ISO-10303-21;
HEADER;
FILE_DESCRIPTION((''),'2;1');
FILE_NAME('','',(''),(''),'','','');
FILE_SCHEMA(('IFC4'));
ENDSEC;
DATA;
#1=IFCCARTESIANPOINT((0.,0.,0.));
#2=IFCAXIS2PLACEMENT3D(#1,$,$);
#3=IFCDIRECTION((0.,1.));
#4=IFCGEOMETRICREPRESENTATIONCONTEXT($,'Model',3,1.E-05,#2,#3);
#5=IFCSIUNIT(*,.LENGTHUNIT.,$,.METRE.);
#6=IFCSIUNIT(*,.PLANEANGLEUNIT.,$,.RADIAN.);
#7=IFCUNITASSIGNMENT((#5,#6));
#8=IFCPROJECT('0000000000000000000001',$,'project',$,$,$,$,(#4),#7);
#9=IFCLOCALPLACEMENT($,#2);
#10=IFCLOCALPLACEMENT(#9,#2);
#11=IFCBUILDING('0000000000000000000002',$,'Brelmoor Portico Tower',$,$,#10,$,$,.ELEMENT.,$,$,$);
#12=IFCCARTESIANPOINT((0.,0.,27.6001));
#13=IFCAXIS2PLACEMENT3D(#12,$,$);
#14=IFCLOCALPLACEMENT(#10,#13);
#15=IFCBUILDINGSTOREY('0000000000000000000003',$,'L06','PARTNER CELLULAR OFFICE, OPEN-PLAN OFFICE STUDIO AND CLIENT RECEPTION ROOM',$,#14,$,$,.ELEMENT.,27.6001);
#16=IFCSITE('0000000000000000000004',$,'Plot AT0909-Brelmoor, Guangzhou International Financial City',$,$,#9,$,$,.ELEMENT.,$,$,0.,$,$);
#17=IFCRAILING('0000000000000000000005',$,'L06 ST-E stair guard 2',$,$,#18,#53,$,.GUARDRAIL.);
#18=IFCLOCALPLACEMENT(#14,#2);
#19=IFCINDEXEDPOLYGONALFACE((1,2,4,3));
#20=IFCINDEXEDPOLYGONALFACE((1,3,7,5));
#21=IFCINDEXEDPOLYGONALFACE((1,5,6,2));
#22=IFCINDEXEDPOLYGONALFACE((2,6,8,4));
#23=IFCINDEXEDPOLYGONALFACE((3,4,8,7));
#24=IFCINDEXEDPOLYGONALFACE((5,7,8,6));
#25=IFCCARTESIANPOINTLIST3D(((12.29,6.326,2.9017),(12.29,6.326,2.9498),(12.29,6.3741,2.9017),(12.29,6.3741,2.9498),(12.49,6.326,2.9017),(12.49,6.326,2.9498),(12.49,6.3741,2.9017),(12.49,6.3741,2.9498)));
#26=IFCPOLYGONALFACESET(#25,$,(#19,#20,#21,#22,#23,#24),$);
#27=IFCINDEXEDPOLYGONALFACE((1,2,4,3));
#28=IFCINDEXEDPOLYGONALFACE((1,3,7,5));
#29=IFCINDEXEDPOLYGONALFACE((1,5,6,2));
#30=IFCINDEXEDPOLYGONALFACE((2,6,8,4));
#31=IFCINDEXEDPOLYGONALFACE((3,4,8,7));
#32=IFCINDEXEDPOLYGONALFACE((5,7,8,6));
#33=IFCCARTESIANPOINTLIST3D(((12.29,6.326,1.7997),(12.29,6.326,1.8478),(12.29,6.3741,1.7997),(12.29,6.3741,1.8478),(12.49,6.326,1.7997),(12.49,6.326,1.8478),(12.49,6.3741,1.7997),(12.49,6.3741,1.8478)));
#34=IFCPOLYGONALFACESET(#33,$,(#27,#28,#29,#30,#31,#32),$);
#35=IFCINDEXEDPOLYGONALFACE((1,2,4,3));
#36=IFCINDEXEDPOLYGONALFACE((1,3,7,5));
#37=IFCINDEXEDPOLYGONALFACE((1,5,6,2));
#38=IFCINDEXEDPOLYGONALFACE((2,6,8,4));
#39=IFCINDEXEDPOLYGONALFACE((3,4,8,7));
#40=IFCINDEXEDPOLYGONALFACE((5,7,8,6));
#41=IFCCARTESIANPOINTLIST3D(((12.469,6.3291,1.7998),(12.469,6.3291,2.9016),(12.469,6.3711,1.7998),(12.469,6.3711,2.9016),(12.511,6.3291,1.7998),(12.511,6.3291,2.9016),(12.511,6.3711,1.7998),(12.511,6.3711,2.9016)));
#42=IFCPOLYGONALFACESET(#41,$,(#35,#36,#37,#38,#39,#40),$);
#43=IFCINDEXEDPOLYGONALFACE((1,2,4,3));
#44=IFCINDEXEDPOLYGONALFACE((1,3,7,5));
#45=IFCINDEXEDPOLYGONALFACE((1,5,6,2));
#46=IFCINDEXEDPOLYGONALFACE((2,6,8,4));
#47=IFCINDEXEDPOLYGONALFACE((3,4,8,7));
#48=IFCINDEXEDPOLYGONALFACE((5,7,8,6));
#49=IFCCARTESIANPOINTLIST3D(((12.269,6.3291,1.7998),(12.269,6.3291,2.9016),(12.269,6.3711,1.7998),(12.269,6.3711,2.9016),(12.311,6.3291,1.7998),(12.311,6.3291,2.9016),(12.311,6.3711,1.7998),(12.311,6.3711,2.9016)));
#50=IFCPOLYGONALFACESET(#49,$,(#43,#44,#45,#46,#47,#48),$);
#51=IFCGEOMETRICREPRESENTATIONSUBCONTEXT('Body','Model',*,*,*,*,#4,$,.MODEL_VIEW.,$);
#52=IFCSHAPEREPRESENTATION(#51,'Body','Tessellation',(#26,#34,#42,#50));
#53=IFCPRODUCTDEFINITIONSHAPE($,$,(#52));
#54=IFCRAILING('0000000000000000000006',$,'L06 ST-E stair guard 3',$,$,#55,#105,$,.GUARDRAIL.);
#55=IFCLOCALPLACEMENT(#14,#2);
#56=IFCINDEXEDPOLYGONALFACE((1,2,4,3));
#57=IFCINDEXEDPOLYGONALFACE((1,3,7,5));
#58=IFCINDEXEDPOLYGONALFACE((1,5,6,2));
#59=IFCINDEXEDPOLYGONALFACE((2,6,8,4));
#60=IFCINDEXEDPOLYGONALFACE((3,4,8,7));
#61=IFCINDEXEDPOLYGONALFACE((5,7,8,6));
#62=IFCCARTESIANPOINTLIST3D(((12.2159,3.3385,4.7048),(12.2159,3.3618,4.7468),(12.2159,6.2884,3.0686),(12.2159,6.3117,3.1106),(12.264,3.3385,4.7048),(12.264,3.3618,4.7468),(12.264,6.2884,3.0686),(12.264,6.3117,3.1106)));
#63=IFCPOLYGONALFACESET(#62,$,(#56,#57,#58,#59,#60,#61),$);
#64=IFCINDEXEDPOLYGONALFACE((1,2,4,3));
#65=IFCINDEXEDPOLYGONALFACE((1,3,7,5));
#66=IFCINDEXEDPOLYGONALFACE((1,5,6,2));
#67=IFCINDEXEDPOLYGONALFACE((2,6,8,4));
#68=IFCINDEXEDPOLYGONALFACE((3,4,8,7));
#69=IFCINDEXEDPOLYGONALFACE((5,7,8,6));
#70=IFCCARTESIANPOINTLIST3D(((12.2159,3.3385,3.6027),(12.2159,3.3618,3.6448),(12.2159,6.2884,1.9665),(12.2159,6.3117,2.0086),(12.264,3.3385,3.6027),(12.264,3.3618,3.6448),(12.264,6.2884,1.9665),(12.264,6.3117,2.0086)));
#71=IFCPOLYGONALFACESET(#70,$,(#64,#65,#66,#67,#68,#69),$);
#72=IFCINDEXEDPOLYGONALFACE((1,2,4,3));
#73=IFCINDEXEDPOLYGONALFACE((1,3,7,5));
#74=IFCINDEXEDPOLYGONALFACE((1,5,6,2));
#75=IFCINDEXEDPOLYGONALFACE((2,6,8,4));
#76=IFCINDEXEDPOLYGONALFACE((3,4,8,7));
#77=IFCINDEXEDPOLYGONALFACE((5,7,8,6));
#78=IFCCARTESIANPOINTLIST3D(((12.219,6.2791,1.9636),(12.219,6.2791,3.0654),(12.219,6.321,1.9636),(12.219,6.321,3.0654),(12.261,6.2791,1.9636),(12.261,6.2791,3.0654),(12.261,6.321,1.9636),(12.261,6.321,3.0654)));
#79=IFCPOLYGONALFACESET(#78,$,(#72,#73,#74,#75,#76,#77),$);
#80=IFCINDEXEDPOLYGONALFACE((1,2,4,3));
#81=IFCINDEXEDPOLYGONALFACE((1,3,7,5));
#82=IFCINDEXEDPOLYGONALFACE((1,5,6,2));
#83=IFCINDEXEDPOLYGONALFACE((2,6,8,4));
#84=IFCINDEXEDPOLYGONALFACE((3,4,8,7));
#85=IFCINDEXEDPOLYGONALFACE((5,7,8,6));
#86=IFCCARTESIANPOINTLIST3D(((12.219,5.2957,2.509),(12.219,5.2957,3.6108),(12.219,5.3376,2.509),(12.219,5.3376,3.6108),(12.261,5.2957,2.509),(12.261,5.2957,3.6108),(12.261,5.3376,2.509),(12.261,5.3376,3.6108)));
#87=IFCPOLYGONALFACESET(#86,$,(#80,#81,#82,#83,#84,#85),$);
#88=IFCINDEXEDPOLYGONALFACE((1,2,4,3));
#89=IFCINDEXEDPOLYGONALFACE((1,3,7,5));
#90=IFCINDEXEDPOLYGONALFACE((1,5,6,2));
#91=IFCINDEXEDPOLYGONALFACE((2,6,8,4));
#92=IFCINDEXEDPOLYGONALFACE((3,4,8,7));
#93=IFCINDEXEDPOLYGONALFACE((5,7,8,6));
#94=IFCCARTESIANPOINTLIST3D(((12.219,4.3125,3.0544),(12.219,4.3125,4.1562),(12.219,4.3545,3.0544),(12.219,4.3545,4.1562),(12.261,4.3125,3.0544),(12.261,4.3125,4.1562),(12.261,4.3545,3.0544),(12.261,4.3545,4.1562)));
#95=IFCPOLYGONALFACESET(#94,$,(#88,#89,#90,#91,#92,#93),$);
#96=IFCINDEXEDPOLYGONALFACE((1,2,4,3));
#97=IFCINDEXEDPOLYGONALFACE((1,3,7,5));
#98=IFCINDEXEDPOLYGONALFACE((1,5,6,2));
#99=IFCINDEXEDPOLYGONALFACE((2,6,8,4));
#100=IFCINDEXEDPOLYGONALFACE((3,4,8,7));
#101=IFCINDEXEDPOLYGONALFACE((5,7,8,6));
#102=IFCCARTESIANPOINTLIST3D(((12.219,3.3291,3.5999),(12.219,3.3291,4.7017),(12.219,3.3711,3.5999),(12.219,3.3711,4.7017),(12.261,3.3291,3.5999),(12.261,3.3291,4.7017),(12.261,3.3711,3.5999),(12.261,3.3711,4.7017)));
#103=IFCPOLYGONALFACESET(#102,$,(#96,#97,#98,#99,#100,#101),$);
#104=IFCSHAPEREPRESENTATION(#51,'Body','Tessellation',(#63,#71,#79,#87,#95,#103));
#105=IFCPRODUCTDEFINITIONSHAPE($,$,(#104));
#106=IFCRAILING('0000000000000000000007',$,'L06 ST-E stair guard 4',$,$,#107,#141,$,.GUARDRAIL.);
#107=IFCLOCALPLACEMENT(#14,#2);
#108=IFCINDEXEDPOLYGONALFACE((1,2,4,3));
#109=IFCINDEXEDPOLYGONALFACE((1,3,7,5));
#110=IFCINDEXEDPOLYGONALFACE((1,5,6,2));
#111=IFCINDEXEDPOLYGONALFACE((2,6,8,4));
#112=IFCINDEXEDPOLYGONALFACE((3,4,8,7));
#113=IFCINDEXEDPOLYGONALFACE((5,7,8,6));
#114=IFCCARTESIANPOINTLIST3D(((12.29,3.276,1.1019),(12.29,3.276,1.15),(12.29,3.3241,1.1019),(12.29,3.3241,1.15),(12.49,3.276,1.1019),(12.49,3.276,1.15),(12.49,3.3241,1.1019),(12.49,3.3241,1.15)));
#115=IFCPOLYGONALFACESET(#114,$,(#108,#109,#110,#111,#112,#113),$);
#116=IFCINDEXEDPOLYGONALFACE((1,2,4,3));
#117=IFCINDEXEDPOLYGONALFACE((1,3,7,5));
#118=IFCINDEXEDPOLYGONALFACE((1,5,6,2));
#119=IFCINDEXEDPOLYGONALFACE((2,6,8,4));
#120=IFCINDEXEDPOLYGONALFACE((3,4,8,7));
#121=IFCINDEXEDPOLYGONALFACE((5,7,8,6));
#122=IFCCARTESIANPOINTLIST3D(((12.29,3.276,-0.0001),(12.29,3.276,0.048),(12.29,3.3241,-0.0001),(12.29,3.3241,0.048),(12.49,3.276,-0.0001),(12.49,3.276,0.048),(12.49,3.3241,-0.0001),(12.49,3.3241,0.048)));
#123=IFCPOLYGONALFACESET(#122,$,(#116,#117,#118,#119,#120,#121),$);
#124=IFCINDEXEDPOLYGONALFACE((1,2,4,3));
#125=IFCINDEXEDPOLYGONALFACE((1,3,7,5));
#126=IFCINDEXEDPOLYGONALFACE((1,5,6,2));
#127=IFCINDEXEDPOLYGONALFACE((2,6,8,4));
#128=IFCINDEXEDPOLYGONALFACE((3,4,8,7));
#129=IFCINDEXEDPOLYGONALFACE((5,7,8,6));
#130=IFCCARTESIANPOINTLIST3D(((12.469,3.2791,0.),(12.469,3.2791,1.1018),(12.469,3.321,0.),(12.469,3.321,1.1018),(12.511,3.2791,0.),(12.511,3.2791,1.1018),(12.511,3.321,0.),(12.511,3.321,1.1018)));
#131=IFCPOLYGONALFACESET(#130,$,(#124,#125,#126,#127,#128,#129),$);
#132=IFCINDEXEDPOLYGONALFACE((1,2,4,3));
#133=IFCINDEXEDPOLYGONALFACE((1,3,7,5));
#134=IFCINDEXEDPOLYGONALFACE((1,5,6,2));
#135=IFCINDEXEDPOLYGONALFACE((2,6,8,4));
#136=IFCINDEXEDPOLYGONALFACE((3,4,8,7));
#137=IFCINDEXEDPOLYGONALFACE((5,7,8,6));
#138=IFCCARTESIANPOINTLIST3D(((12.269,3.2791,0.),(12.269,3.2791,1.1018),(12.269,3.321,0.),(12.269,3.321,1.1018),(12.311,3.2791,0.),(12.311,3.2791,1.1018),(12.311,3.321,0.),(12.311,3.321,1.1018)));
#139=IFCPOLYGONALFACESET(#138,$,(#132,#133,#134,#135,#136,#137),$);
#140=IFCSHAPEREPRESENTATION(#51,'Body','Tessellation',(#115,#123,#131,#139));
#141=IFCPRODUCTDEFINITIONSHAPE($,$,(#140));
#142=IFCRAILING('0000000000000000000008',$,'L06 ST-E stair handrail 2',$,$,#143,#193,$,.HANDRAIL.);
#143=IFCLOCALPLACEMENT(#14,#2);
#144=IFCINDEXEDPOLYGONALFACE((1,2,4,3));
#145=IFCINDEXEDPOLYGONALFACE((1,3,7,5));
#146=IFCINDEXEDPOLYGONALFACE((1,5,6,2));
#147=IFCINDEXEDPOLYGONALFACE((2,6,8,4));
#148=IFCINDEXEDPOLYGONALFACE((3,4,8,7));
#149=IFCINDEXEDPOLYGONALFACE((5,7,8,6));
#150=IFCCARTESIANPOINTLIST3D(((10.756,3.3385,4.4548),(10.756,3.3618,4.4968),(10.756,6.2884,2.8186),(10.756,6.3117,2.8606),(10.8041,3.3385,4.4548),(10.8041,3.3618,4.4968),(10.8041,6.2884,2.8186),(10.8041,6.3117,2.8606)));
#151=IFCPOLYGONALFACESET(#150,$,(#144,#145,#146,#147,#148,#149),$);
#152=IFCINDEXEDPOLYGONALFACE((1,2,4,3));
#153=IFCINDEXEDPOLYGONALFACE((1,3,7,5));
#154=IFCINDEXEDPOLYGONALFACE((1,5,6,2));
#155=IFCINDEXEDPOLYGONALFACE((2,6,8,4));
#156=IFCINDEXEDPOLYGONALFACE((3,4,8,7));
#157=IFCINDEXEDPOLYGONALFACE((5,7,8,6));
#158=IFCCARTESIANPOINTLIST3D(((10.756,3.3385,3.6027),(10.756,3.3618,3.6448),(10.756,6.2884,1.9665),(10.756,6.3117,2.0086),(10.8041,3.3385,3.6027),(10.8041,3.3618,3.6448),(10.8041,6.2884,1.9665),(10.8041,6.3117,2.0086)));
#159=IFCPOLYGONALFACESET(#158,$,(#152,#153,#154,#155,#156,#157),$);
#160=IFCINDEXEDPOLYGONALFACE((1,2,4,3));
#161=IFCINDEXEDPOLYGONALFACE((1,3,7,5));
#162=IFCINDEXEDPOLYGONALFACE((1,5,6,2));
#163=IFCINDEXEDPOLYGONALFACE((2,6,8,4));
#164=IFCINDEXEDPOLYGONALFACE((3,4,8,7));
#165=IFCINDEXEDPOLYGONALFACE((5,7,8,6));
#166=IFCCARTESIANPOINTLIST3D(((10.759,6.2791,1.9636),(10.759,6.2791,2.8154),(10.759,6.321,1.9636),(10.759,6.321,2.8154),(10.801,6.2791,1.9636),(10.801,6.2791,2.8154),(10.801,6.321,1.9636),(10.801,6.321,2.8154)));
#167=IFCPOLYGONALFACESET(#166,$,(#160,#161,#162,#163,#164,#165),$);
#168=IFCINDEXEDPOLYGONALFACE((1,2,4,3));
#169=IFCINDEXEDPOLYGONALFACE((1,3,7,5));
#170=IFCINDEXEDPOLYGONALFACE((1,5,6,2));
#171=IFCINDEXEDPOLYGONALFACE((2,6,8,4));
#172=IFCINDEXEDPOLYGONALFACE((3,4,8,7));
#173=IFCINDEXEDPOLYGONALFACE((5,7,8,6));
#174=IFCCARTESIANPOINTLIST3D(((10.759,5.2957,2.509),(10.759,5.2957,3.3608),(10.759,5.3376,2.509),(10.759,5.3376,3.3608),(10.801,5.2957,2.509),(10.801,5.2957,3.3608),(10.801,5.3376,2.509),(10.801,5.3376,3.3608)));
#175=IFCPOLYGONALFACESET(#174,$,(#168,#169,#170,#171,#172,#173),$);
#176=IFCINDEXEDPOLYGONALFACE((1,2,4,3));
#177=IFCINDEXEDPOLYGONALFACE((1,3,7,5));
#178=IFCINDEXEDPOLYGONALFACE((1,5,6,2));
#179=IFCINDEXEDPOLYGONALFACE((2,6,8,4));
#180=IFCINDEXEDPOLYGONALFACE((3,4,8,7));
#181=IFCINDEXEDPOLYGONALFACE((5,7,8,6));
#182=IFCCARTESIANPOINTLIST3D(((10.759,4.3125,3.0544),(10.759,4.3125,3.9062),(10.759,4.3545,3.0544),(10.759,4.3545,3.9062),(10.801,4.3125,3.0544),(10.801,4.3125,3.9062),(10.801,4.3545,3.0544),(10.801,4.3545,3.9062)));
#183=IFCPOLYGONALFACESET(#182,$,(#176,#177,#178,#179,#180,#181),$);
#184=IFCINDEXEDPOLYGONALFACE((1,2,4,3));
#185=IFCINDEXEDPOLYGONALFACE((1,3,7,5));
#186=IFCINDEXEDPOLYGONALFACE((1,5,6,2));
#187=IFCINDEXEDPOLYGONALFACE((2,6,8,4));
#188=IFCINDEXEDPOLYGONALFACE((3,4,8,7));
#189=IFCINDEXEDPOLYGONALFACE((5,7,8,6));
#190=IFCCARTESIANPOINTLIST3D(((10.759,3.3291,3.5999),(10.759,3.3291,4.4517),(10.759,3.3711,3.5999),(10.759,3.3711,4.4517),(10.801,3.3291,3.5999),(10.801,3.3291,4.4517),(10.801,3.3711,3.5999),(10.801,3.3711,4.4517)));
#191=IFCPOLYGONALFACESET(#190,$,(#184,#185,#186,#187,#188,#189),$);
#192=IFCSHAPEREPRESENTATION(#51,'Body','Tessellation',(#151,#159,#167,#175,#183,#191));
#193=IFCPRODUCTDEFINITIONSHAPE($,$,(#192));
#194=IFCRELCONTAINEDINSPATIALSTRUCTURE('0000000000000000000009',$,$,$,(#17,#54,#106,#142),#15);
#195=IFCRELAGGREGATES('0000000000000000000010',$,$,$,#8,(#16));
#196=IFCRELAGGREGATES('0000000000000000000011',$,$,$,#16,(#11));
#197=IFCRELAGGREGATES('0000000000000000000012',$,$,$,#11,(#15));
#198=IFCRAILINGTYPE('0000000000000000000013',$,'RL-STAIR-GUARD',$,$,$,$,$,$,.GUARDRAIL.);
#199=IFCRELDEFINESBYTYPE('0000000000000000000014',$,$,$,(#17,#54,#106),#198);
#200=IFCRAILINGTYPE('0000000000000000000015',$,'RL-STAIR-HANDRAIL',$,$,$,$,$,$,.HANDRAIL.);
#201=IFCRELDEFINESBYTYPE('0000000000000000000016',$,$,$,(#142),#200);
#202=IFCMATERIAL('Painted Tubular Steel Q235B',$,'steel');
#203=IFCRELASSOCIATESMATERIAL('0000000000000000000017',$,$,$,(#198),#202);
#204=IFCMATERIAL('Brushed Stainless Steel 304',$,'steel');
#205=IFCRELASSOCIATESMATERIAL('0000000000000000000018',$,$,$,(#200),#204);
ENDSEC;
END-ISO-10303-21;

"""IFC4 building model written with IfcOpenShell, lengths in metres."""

from ifc_helpers import new_model, si_unit, direction, frame, origin, origin_2d, place, context, subcontext, project, spatial, rectangle, extrude, material, type_object, element, save


model = new_model("IFC4")

# Units and contexts
model_context = context("Model", 3, precision=1e-05, world=origin(), true_north=direction((0.0, 1.0)))
body_context = subcontext(model_context, "Body", "Model", "MODEL_VIEW")
ifc_project = project(units=[si_unit("LENGTHUNIT", "METRE"), si_unit("PLANEANGLEUNIT", "RADIAN")], contexts=[model_context])

# Site, building, storey
site_placement = place(None, origin())
site = spatial("IfcSite", under=ifc_project, at=site_placement, Name="Plot AT0909-Brelmoor, Guangzhou International Financial City", CompositionType="ELEMENT", RefElevation=0.0)
building_placement = place(site_placement, origin())
building = spatial("IfcBuilding", under=site, at=building_placement, Name="Brelmoor Portico Tower", CompositionType="ELEMENT")
storey_placement = place(building_placement, frame((0.0, 0.0, 27.6001)))
storey = spatial("IfcBuildingStorey", under=building, at=storey_placement, Name="L06", Description="PARTNER CELLULAR OFFICE, OPEN-PLAN OFFICE STUDIO AND CLIENT RECEPTION ROOM", CompositionType="ELEMENT", Elevation=27.6001)

# Railings
ifc_material_1 = material(Name="Painted Tubular Steel Q235B", Category="steel")
railing_type_1 = type_object("IfcRailingType", Name="RL-STAIR-GUARD", PredefinedType="GUARDRAIL", material=ifc_material_1)
railing_1_placement = place(storey_placement, frame((12.49, 6.3501, 1.7998)))
element("IfcRailing", 1, at=railing_1_placement, inside=storey, type_object=railing_type_1, Name="L06 ST-E stair guard 2", PredefinedType="GUARDRAIL", context=body_context, shape_type="SweptSolid", body=[
    extrude(rectangle(XDim=0.0481, YDim=0.0481, at=origin_2d()), frame((0.0, 0.0, 1.126), z_axis=(-1.0, 0.0, 0.0), x_axis=(0.0, -1.0, 0.0)), (0.0, 0.0, 1.0), 0.2),
    extrude(rectangle(XDim=0.0481, YDim=0.0481, at=origin_2d()), frame((0.0, 0.0, 0.0239), z_axis=(-1.0, 0.0, 0.0), x_axis=(0.0, -1.0, 0.0)), (0.0, 0.0, 1.0), 0.2),
    extrude(rectangle(XDim=0.042, YDim=0.042, at=origin_2d()), origin(), (0.0, 0.0, 1.0), 1.1018),
    extrude(rectangle(XDim=0.042, YDim=0.042, at=origin_2d()), frame((-0.2, 0.0, 0.0)), (0.0, 0.0, 1.0), 1.1018),
])
railing_2_placement = place(storey_placement, frame((12.24, 6.3, 1.9636)))
element("IfcRailing", 2, at=railing_2_placement, inside=storey, type_object=railing_type_1, Name="L06 ST-E stair guard 3", PredefinedType="GUARDRAIL", context=body_context, shape_type="SweptSolid", body=[
    extrude(rectangle(XDim=0.0481, YDim=0.0481, at=origin_2d()), frame((0.0, 0.0, 1.126), z_axis=(0.0, -0.874488, 0.485047), x_axis=(1.0, 0.0, 0.0)), (0.0, 0.0, 1.0), 3.3733),
    extrude(rectangle(XDim=0.0481, YDim=0.0481, at=origin_2d()), frame((0.0, 0.0, 0.0239), z_axis=(0.0, -0.874488, 0.485047), x_axis=(1.0, 0.0, 0.0)), (0.0, 0.0, 1.0), 3.3733),
    extrude(rectangle(XDim=0.042, YDim=0.042, at=origin_2d()), origin(), (0.0, 0.0, 1.0), 1.1018),
    extrude(rectangle(XDim=0.042, YDim=0.042, at=origin_2d()), frame((0.0, -0.9834, 0.5454)), (0.0, 0.0, 1.0), 1.1018),
    extrude(rectangle(XDim=0.042, YDim=0.042, at=origin_2d()), frame((0.0, -1.9666, 1.0908)), (0.0, 0.0, 1.0), 1.1018),
    extrude(rectangle(XDim=0.042, YDim=0.042, at=origin_2d()), frame((0.0, -2.95, 1.6362)), (0.0, 0.0, 1.0), 1.1018),
])
railing_3_placement = place(storey_placement, frame((12.49, 3.3, 0.0)))
element("IfcRailing", 3, at=railing_3_placement, inside=storey, type_object=railing_type_1, Name="L06 ST-E stair guard 4", PredefinedType="GUARDRAIL", context=body_context, shape_type="SweptSolid", body=[
    extrude(rectangle(XDim=0.0481, YDim=0.0481, at=origin_2d()), frame((0.0, 0.0, 1.126), z_axis=(-1.0, 0.0, 0.0), x_axis=(0.0, -1.0, 0.0)), (0.0, 0.0, 1.0), 0.2),
    extrude(rectangle(XDim=0.0481, YDim=0.0481, at=origin_2d()), frame((0.0, 0.0, 0.0239), z_axis=(-1.0, 0.0, 0.0), x_axis=(0.0, -1.0, 0.0)), (0.0, 0.0, 1.0), 0.2),
    extrude(rectangle(XDim=0.042, YDim=0.042, at=origin_2d()), origin(), (0.0, 0.0, 1.0), 1.1018),
    extrude(rectangle(XDim=0.042, YDim=0.042, at=origin_2d()), frame((-0.2, 0.0, 0.0)), (0.0, 0.0, 1.0), 1.1018),
])
ifc_material_2 = material(Name="Brushed Stainless Steel 304", Category="steel")
railing_type_2 = type_object("IfcRailingType", Name="RL-STAIR-HANDRAIL", PredefinedType="HANDRAIL", material=ifc_material_2)
railing_4_placement = place(storey_placement, frame((10.78, 6.3, 1.9636)))
element("IfcRailing", 4, at=railing_4_placement, inside=storey, type_object=railing_type_2, Name="L06 ST-E stair handrail 2", PredefinedType="HANDRAIL", context=body_context, shape_type="SweptSolid", body=[
    extrude(rectangle(XDim=0.0481, YDim=0.0481, at=origin_2d()), frame((0.0, 0.0, 0.876), z_axis=(0.0, -0.874488, 0.485047), x_axis=(1.0, 0.0, 0.0)), (0.0, 0.0, 1.0), 3.3733),
    extrude(rectangle(XDim=0.0481, YDim=0.0481, at=origin_2d()), frame((0.0, 0.0, 0.0239), z_axis=(0.0, -0.874488, 0.485047), x_axis=(1.0, 0.0, 0.0)), (0.0, 0.0, 1.0), 3.3733),
    extrude(rectangle(XDim=0.042, YDim=0.042, at=origin_2d()), origin(), (0.0, 0.0, 1.0), 0.8518),
    extrude(rectangle(XDim=0.042, YDim=0.042, at=origin_2d()), frame((0.0, -0.9834, 0.5454)), (0.0, 0.0, 1.0), 0.8518),
    extrude(rectangle(XDim=0.042, YDim=0.042, at=origin_2d()), frame((0.0, -1.9666, 1.0908)), (0.0, 0.0, 1.0), 0.8518),
    extrude(rectangle(XDim=0.042, YDim=0.042, at=origin_2d()), frame((0.0, -2.95, 1.6362)), (0.0, 0.0, 1.0), 0.8518),
])

save(model, "model.ifc")
